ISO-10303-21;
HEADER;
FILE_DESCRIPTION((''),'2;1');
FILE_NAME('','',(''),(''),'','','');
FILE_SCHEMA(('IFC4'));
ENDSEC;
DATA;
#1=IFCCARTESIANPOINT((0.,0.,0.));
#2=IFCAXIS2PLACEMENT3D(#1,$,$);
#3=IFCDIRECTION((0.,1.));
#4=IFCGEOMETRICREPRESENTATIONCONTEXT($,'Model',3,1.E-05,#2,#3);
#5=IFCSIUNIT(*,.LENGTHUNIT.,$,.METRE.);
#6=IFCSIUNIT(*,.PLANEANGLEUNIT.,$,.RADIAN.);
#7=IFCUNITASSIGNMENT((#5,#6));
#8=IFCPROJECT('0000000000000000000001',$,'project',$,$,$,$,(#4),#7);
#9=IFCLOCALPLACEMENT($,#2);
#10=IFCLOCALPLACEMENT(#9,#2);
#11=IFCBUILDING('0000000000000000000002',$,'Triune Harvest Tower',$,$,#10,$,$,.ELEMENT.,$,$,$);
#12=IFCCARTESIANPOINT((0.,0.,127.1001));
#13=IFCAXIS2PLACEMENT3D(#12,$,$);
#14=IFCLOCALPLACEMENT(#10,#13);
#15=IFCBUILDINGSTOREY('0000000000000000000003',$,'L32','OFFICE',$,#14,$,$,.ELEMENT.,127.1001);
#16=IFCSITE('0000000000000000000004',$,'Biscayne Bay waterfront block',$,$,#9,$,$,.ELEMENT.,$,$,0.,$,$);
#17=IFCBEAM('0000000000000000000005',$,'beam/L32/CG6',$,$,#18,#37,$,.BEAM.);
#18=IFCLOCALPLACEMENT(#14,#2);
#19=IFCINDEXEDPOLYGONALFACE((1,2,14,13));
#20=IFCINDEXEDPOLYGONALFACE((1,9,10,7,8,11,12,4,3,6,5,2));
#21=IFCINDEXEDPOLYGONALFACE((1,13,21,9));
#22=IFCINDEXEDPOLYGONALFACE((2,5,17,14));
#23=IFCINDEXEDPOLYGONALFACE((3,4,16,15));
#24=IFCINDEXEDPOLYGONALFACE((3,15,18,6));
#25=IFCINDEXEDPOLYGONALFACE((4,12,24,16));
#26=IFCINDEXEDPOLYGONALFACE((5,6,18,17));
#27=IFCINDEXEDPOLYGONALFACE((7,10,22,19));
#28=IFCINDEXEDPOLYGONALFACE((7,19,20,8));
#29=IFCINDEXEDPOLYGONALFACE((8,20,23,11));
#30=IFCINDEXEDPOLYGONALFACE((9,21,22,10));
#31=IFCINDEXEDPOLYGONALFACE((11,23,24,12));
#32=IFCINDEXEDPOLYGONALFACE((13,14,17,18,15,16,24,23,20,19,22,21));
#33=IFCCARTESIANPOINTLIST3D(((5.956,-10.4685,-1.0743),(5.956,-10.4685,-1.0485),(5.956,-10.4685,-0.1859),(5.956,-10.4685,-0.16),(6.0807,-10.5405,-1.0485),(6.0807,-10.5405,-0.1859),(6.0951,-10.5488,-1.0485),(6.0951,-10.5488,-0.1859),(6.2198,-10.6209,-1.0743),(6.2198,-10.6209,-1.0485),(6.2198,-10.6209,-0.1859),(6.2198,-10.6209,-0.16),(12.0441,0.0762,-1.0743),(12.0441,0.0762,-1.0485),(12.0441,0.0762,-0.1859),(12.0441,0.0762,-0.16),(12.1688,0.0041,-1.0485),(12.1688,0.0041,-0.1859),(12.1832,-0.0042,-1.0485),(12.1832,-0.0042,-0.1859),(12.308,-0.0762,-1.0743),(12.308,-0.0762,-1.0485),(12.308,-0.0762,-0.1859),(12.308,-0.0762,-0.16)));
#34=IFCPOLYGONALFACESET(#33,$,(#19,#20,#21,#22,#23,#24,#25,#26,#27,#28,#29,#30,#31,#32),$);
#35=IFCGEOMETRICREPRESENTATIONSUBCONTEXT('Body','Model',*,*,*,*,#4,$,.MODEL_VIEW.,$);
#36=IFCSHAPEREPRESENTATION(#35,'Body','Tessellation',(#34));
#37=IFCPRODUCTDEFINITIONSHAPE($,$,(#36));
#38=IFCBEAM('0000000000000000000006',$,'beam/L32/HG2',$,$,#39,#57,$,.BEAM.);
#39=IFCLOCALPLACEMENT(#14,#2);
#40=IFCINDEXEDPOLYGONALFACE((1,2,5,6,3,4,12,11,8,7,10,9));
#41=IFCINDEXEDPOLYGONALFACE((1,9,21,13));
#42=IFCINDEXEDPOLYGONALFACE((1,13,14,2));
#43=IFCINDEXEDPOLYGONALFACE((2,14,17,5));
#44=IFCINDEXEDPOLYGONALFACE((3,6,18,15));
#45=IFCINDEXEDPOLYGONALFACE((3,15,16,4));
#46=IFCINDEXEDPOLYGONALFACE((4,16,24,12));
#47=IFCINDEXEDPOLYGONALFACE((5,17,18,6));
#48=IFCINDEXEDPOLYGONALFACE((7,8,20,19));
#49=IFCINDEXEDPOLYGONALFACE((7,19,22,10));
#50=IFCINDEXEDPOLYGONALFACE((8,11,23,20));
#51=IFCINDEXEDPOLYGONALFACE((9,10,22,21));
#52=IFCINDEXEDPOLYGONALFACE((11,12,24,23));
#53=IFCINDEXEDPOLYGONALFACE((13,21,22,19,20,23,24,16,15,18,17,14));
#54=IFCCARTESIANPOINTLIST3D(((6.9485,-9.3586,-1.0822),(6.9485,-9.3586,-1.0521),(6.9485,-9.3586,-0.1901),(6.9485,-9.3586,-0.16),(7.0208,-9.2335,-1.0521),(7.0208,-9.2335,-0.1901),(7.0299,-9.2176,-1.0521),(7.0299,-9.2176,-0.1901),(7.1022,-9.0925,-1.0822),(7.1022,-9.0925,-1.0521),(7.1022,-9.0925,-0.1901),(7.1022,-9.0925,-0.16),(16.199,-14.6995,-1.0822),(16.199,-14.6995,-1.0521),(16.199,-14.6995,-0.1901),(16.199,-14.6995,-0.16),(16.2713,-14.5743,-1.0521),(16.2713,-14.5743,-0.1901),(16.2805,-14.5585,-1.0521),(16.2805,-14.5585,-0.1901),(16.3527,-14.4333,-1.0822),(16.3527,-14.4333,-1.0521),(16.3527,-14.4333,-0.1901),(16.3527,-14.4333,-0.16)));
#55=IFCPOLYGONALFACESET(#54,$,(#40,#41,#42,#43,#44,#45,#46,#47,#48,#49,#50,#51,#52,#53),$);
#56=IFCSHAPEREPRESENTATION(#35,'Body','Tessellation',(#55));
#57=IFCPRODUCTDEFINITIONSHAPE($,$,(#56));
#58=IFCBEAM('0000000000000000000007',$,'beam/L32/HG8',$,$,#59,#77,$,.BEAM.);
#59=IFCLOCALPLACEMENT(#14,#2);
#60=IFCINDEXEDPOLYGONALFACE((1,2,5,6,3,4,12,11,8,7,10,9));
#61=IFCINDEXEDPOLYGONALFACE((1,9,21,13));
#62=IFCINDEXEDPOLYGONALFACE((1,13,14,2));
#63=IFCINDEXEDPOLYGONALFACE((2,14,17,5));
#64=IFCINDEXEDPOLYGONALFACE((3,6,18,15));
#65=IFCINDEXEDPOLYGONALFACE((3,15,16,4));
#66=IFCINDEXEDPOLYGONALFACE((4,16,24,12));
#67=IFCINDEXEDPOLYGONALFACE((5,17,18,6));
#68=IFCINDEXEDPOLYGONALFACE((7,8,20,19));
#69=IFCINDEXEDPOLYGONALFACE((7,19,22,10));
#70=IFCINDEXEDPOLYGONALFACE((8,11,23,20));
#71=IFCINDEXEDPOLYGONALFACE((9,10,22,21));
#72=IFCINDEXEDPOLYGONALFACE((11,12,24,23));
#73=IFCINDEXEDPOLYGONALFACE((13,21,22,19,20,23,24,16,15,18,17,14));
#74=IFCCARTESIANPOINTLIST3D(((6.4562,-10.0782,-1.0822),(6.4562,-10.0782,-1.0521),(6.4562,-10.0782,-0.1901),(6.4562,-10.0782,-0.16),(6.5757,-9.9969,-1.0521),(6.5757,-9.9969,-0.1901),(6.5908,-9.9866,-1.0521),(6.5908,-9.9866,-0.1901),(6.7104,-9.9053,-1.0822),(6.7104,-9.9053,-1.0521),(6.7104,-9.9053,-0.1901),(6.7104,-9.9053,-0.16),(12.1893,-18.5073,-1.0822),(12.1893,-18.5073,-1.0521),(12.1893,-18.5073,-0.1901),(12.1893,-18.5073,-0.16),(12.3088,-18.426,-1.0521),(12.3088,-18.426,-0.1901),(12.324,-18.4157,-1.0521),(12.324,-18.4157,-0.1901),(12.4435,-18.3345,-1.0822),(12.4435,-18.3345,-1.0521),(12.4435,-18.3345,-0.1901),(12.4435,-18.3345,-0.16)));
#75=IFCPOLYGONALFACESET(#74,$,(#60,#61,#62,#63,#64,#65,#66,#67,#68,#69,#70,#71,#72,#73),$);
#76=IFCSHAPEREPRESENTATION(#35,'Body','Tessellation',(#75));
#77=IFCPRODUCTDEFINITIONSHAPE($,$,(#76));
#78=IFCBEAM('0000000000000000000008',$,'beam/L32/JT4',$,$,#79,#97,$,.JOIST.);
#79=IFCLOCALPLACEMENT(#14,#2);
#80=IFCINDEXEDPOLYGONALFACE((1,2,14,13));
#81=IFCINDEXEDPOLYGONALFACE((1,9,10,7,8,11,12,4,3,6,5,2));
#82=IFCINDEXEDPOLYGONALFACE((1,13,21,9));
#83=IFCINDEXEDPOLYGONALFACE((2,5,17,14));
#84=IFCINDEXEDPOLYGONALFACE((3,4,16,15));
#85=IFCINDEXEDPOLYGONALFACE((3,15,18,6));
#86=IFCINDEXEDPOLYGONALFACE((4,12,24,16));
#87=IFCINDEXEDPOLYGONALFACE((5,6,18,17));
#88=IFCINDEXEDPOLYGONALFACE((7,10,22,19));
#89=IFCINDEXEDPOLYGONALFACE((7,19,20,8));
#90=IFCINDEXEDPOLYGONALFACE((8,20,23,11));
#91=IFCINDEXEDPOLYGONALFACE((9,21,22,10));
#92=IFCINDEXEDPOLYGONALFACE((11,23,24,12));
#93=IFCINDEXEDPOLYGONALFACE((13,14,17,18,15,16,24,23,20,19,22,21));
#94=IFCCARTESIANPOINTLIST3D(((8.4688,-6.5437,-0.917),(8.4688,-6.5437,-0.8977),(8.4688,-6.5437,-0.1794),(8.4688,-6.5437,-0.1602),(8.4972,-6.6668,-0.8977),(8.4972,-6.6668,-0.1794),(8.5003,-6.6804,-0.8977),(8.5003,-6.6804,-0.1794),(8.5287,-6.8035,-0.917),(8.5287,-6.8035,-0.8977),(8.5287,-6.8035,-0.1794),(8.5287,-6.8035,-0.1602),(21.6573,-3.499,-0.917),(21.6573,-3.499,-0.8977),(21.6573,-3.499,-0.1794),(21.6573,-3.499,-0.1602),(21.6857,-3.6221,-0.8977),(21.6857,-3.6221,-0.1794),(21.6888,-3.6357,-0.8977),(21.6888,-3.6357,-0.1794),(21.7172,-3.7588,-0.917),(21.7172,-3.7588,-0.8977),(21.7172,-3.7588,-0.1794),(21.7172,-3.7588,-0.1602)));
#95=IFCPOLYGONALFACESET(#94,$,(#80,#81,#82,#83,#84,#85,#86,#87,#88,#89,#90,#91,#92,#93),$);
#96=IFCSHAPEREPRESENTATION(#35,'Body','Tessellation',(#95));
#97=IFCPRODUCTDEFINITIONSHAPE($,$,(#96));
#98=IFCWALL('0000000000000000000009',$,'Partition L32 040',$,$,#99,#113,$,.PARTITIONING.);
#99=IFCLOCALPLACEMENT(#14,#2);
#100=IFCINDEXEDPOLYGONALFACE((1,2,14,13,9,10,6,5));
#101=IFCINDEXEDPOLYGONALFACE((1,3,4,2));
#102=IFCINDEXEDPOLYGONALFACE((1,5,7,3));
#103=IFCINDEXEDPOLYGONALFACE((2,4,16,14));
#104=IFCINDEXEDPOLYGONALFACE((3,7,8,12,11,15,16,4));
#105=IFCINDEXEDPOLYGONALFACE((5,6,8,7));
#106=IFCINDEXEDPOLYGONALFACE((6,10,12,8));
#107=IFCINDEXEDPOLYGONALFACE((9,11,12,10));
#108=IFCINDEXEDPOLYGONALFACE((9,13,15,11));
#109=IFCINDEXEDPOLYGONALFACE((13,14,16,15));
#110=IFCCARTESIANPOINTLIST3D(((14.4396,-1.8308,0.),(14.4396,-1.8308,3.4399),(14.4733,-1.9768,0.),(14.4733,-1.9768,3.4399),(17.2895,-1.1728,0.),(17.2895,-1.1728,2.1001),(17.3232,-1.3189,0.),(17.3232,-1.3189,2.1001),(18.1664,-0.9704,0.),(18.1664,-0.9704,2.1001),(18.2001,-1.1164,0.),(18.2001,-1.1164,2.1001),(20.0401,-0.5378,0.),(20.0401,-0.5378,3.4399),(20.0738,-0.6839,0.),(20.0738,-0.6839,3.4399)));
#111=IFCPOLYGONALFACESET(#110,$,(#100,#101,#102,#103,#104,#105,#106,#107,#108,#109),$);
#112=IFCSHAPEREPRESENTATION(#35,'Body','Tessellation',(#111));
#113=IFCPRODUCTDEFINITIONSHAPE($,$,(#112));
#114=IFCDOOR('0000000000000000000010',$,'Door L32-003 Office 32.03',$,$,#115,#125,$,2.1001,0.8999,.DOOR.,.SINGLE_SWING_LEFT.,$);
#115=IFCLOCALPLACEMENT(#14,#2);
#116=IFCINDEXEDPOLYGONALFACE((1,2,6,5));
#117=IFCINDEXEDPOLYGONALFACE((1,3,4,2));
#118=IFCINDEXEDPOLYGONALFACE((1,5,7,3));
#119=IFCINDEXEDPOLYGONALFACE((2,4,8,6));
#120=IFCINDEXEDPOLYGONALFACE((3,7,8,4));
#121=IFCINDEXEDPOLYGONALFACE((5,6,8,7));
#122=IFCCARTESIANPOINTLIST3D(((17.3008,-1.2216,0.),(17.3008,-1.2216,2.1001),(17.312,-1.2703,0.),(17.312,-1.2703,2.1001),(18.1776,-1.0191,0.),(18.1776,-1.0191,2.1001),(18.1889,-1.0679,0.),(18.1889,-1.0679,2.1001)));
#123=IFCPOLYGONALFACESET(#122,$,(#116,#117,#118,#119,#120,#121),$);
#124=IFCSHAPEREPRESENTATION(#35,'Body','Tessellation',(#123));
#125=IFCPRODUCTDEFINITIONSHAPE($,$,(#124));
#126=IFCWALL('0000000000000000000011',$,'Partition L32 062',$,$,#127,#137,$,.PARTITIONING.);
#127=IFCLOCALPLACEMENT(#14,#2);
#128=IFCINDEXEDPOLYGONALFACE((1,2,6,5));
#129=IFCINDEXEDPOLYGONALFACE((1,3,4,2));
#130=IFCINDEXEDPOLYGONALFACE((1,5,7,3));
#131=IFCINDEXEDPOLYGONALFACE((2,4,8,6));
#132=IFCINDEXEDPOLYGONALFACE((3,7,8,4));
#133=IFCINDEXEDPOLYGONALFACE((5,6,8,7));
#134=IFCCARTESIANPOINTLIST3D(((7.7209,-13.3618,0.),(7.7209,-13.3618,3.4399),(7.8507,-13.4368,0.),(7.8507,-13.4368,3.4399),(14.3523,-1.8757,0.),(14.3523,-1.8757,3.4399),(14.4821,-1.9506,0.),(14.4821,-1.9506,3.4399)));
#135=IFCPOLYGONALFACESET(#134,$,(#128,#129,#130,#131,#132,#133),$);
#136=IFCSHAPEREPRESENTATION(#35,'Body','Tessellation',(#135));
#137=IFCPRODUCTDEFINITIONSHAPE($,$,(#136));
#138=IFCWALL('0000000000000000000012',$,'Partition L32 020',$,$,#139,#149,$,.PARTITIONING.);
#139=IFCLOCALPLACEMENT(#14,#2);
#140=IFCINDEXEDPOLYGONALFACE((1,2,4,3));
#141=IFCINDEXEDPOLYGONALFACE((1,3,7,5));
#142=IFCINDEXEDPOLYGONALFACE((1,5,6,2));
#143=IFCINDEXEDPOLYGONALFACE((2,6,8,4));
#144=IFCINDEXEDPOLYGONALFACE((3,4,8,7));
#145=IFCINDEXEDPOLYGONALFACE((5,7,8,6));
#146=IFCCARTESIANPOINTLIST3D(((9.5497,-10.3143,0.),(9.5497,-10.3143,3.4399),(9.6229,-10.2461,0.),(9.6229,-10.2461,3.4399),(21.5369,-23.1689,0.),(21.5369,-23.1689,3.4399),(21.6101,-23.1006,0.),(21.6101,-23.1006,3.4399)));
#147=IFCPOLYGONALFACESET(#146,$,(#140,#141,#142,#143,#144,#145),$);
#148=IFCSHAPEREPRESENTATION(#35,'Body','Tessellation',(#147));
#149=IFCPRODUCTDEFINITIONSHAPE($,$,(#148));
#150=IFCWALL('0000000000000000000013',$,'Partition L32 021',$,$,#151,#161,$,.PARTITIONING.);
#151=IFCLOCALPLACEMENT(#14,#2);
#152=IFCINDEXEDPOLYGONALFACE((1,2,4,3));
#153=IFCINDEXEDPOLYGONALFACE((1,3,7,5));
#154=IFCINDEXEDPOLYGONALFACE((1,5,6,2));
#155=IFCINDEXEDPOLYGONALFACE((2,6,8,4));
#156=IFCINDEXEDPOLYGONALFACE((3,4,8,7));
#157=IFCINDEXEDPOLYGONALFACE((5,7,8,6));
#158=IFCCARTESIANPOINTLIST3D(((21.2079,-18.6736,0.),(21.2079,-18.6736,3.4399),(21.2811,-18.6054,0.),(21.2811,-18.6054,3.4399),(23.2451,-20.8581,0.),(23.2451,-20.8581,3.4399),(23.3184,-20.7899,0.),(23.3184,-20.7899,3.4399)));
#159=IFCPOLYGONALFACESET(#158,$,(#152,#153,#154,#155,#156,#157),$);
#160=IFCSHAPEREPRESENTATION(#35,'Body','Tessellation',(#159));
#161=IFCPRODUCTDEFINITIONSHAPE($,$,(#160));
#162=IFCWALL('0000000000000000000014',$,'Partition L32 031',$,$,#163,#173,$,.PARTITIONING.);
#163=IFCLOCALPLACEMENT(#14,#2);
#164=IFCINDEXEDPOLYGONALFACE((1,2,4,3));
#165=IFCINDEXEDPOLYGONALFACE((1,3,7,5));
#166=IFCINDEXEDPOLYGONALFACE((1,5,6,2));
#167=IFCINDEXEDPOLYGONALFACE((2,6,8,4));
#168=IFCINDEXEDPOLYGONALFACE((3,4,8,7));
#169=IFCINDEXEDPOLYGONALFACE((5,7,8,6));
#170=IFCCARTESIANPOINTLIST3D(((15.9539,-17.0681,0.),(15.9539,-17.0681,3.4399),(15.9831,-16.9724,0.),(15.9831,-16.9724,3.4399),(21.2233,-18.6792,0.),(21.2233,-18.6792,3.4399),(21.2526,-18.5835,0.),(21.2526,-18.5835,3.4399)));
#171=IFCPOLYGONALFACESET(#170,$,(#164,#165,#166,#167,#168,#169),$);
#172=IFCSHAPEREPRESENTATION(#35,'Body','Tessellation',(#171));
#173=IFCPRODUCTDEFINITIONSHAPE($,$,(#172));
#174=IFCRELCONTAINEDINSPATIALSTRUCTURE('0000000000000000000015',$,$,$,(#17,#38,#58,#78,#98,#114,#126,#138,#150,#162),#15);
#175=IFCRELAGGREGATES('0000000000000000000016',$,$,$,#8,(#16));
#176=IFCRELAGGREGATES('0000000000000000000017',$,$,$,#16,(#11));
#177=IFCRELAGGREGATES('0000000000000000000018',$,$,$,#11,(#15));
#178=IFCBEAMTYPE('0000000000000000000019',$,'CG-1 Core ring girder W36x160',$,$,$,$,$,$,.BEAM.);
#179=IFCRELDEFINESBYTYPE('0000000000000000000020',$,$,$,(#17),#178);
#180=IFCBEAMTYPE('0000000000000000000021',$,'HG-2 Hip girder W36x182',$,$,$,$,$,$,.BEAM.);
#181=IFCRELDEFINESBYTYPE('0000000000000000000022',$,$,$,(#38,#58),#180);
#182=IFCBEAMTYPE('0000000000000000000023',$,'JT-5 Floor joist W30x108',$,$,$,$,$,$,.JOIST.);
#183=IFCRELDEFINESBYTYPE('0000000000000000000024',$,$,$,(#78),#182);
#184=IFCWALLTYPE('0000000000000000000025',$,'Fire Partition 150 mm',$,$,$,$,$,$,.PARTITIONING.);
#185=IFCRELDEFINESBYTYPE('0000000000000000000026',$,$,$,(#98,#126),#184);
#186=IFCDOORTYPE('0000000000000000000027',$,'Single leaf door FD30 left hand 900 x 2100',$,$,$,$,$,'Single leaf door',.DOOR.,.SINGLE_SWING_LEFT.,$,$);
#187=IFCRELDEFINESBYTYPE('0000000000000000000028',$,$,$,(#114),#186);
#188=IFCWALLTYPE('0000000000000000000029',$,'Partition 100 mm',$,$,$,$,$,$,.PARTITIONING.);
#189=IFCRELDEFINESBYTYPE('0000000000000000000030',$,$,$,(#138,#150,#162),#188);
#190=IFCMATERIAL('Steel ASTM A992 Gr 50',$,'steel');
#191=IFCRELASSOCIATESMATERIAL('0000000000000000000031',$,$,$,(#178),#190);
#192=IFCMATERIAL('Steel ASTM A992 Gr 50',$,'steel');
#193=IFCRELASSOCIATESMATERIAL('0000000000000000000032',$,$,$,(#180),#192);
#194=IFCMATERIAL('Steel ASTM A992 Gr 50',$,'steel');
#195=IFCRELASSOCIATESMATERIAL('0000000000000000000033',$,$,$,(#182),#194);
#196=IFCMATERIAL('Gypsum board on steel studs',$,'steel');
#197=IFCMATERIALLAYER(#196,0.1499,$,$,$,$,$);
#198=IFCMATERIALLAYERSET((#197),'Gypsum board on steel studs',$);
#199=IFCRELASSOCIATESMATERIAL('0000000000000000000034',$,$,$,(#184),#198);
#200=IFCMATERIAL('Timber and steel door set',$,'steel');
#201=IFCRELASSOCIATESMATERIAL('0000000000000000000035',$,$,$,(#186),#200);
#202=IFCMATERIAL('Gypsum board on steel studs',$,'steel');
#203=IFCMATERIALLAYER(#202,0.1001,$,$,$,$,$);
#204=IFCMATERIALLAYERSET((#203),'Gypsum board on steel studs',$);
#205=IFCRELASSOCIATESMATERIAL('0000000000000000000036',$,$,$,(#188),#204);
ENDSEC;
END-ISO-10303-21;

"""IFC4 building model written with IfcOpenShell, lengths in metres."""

from ifc_helpers import new_model, si_unit, direction, frame, frame_2d, origin, origin_2d, place, context, subcontext, project, spatial, rectangle, i_section, extrude, source, transform, mapped, material, layer, layer_set, material_profile, profile_set, type_object, element, fill, save


model = new_model("IFC4")

# Units and contexts
model_context = context("Model", 3, precision=1e-05, world=origin(), true_north=direction((0.0, 1.0)))
body_context = subcontext(model_context, "Body", "Model", "MODEL_VIEW")
ifc_project = project(units=[si_unit("LENGTHUNIT", "METRE"), si_unit("PLANEANGLEUNIT", "RADIAN")], contexts=[model_context])

# Site, building, storey
site_placement = place(None, origin())
site = spatial("IfcSite", under=ifc_project, at=site_placement, Name="Biscayne Bay waterfront block", CompositionType="ELEMENT", RefElevation=0.0)
building_placement = place(site_placement, origin())
building = spatial("IfcBuilding", under=site, at=building_placement, Name="Triune Harvest Tower", CompositionType="ELEMENT")
storey_placement = place(building_placement, frame((0.0, 0.0, 127.1001)))
storey = spatial("IfcBuildingStorey", under=building, at=storey_placement, Name="L32", Description="OFFICE", CompositionType="ELEMENT", Elevation=127.1001)

# Beams
ifc_material_1 = material(Name="Steel ASTM A992 Gr 50", Category="steel")
ifc_material_profile_1 = material_profile(ifc_material_1, i_section(OverallWidth=0.3047, OverallDepth=0.9143, WebThickness=0.0166, FlangeThickness=0.0259, at=origin_2d()), Name="W36x160")
ifc_profile_set_1 = profile_set([ifc_material_profile_1], Name="Steel ASTM A992 Gr 50")
beam_type_1 = type_object("IfcBeamType", Name="CG-1 Core ring girder W36x160", PredefinedType="BEAM", material=ifc_profile_set_1)
shared_shape_1 = source(origin(), body_context, "Body", "SweptSolid", [
    extrude(i_section(OverallWidth=0.3047, OverallDepth=0.9143, WebThickness=0.0166, FlangeThickness=0.0259, at=origin_2d()), origin(), (0.0, 0.0, 1.0), 12.176),
])
beam_1_placement = place(storey_placement, frame((6.0879, -10.5447, -0.6172), z_axis=(0.50001, 0.86602, 0.0), x_axis=(-0.86602, 0.50001, 0.0)))
element("IfcBeam", 1, at=beam_1_placement, inside=storey, type_object=beam_type_1, Name="beam/L32/CG6", PredefinedType="BEAM", context=body_context, shape_type="MappedRepresentation", body=[
    mapped(shared_shape_1, transform((0.0, 0.0, 0.0), scale=1.0)),
])
ifc_material_2 = material(Name="Steel ASTM A992 Gr 50", Category="steel")
ifc_material_profile_2 = material_profile(ifc_material_2, i_section(OverallWidth=0.3074, OverallDepth=0.9221, WebThickness=0.0183, FlangeThickness=0.03, at=origin_2d()), Name="W36x182")
ifc_profile_set_2 = profile_set([ifc_material_profile_2], Name="Steel ASTM A992 Gr 50")
beam_type_2 = type_object("IfcBeamType", Name="HG-2 Hip girder W36x182", PredefinedType="BEAM", material=ifc_profile_set_2)
shared_shape_2 = source(origin(), body_context, "Body", "SweptSolid", [
    extrude(i_section(OverallWidth=0.3074, OverallDepth=0.9221, WebThickness=0.0183, FlangeThickness=0.03, at=origin_2d()), origin(), (0.0, 0.0, 1.0), 10.6816),
])
beam_2_placement = place(storey_placement, frame((16.2759, -14.5664, -0.6211), z_axis=(-0.866023, 0.500003, 0.0), x_axis=(-0.500003, -0.866023, 0.0)))
element("IfcBeam", 2, at=beam_2_placement, inside=storey, type_object=beam_type_2, Name="beam/L32/HG2", PredefinedType="BEAM", context=body_context, shape_type="MappedRepresentation", body=[
    mapped(shared_shape_2, transform((0.0, 0.0, 0.0), scale=1.0)),
])
shared_shape_3 = source(origin(), body_context, "Body", "SweptSolid", [
    extrude(i_section(OverallWidth=0.3074, OverallDepth=0.9221, WebThickness=0.0183, FlangeThickness=0.03, at=origin_2d()), origin(), (0.0, 0.0, 1.0), 10.1941),
])
beam_3_placement = place(storey_placement, frame((12.3164, -18.4209, -0.6211), z_axis=(-0.562397, 0.826867, 0.0), x_axis=(-0.826867, -0.562397, 0.0)))
element("IfcBeam", 3, at=beam_3_placement, inside=storey, type_object=beam_type_2, Name="beam/L32/HG8", PredefinedType="BEAM", context=body_context, shape_type="MappedRepresentation", body=[
    mapped(shared_shape_3, transform((0.0, 0.0, 0.0), scale=1.0)),
])
ifc_material_3 = material(Name="Steel ASTM A992 Gr 50", Category="steel")
ifc_material_profile_3 = material_profile(ifc_material_3, i_section(OverallWidth=0.2666, OverallDepth=0.7568, WebThickness=0.0139, FlangeThickness=0.0193, at=origin_2d()), Name="W30x108")
ifc_profile_set_3 = profile_set([ifc_material_profile_3], Name="Steel ASTM A992 Gr 50")
beam_type_3 = type_object("IfcBeamType", Name="JT-5 Floor joist W30x108", PredefinedType="JOIST", material=ifc_profile_set_3)
shared_shape_4 = source(origin(), body_context, "Body", "SweptSolid", [
    extrude(i_section(OverallWidth=0.2666, OverallDepth=0.7568, WebThickness=0.0139, FlangeThickness=0.0193, at=origin_2d()), origin(), (0.0, 0.0, 1.0), 13.5354),
])
beam_4_placement = place(storey_placement, frame((21.6873, -3.6289, -0.5386), z_axis=(-0.974372, -0.224942, 0.0), x_axis=(0.224942, -0.974372, 0.0)))
element("IfcBeam", 4, at=beam_4_placement, inside=storey, type_object=beam_type_3, Name="beam/L32/JT4", PredefinedType="JOIST", context=body_context, shape_type="MappedRepresentation", body=[
    mapped(shared_shape_4, transform((0.0, 0.0, 0.0), scale=1.0)),
])

# Wall, opening, door
ifc_material_4 = material(Name="Gypsum board on steel studs", Category="steel")
ifc_layer_1 = layer(ifc_material_4, 0.1499)
ifc_layer_set_1 = layer_set([ifc_layer_1], Name="Gypsum board on steel studs")
wall_type_1 = type_object("IfcWallType", Name="Fire Partition 150 mm", PredefinedType="PARTITIONING", material=ifc_layer_set_1)
wall_1_placement = place(storey_placement, frame((14.4563, -1.9038, 0.0), z_axis=(0.0, 0.0, 1.0), x_axis=(0.974371, 0.224946, 0.0)))
wall_1 = element("IfcWall", 5, at=wall_1_placement, inside=storey, type_object=wall_type_1, Name="Partition L32 040", PredefinedType="PARTITIONING", context=body_context, shape_type="SweptSolid", body=[
    extrude(rectangle(XDim=5.7478, YDim=0.1499, at=frame_2d((2.874, 0.0))), origin(), (0.0, 0.0, 1.0), 3.4399),
])
opening_1_placement = place(wall_1_placement, frame((2.925, 0.0, 0.0)))
opening_1 = element("IfcOpeningElement", 6, at=opening_1_placement, cuts=wall_1, PredefinedType="OPENING", context=body_context, shape_type="SweptSolid", body=[
    extrude(rectangle(XDim=0.8999, YDim=2.1001, at=frame_2d((0.45, 1.05))), frame((0.0, 0.085, 0.0), z_axis=(0.0, -1.0, 0.0), x_axis=(1.0, 0.0, 0.0)), (0.0, 0.0, 1.0), 0.1699),
])
ifc_material_5 = material(Name="Timber and steel door set", Category="steel")
door_type_1 = type_object("IfcDoorType", Name="Single leaf door FD30 left hand 900 x 2100", ElementType="Single leaf door", OperationType="SINGLE_SWING_LEFT", PredefinedType="DOOR", material=ifc_material_5)
door_1_placement = place(opening_1_placement, origin())
door_1 = element("IfcDoor", 7, at=door_1_placement, inside=storey, type_object=door_type_1, Name="Door L32-003 Office 32.03", OperationType="SINGLE_SWING_LEFT", OverallHeight=2.1001, OverallWidth=0.8999, PredefinedType="DOOR", context=body_context, shape_type="SweptSolid", body=[
    extrude(rectangle(XDim=0.8999, YDim=2.1001, at=frame_2d((0.45, 1.05))), frame((0.0, 0.0249, 0.0), z_axis=(0.0, -1.0, 0.0), x_axis=(1.0, 0.0, 0.0)), (0.0, 0.0, 1.0), 0.05),
])
fill(opening_1, door_1)

# Walls
wall_2_placement = place(storey_placement, frame((7.7859, -13.3992, 0.0), z_axis=(0.0, 0.0, 1.0), x_axis=(0.499992, 0.86603, 0.0)))
element("IfcWall", 8, at=wall_2_placement, inside=storey, type_object=wall_type_1, Name="Partition L32 062", PredefinedType="PARTITIONING", context=body_context, shape_type="SweptSolid", body=[
    extrude(rectangle(XDim=13.2629, YDim=0.1499, at=frame_2d((6.6313, 0.0))), origin(), (0.0, 0.0, 1.0), 3.4399),
])
ifc_material_6 = material(Name="Gypsum board on steel studs", Category="steel")
ifc_layer_2 = layer(ifc_material_6, 0.1001)
ifc_layer_set_2 = layer_set([ifc_layer_2], Name="Gypsum board on steel studs")
wall_type_2 = type_object("IfcWallType", Name="Partition 100 mm", PredefinedType="PARTITIONING", material=ifc_layer_set_2)
wall_3_placement = place(storey_placement, frame((9.5864, -10.2803, 0.0), z_axis=(0.0, 0.0, 1.0), x_axis=(0.682, -0.731352, 0.0)))
element("IfcWall", 9, at=wall_3_placement, inside=storey, type_object=wall_type_2, Name="Partition L32 020", PredefinedType="PARTITIONING", context=body_context, shape_type="SweptSolid", body=[
    extrude(rectangle(XDim=17.5764, YDim=0.1001, at=frame_2d((8.7881, 0.0))), origin(), (0.0, 0.0, 1.0), 3.4399),
])
wall_4_placement = place(storey_placement, frame((21.2444, -18.6394, 0.0), z_axis=(0.0, 0.0, 1.0), x_axis=(0.682036, -0.731319, 0.0)))
element("IfcWall", 10, at=wall_4_placement, inside=storey, type_object=wall_type_2, Name="Partition L32 021", PredefinedType="PARTITIONING", context=body_context, shape_type="SweptSolid", body=[
    extrude(rectangle(XDim=2.9871, YDim=0.1001, at=frame_2d((1.4937, 0.0))), origin(), (0.0, 0.0, 1.0), 3.4399),
])
wall_5_placement = place(storey_placement, frame((15.9685, -17.0203, 0.0), z_axis=(0.0, 0.0, 1.0), x_axis=(0.956303, -0.292376, 0.0)))
element("IfcWall", 11, at=wall_5_placement, inside=storey, type_object=wall_type_2, Name="Partition L32 031", PredefinedType="PARTITIONING", context=body_context, shape_type="SweptSolid", body=[
    extrude(rectangle(XDim=5.5103, YDim=0.1001, at=frame_2d((2.7551, 0.0))), origin(), (0.0, 0.0, 1.0), 3.4399),
])

save(model, "model.ifc")
